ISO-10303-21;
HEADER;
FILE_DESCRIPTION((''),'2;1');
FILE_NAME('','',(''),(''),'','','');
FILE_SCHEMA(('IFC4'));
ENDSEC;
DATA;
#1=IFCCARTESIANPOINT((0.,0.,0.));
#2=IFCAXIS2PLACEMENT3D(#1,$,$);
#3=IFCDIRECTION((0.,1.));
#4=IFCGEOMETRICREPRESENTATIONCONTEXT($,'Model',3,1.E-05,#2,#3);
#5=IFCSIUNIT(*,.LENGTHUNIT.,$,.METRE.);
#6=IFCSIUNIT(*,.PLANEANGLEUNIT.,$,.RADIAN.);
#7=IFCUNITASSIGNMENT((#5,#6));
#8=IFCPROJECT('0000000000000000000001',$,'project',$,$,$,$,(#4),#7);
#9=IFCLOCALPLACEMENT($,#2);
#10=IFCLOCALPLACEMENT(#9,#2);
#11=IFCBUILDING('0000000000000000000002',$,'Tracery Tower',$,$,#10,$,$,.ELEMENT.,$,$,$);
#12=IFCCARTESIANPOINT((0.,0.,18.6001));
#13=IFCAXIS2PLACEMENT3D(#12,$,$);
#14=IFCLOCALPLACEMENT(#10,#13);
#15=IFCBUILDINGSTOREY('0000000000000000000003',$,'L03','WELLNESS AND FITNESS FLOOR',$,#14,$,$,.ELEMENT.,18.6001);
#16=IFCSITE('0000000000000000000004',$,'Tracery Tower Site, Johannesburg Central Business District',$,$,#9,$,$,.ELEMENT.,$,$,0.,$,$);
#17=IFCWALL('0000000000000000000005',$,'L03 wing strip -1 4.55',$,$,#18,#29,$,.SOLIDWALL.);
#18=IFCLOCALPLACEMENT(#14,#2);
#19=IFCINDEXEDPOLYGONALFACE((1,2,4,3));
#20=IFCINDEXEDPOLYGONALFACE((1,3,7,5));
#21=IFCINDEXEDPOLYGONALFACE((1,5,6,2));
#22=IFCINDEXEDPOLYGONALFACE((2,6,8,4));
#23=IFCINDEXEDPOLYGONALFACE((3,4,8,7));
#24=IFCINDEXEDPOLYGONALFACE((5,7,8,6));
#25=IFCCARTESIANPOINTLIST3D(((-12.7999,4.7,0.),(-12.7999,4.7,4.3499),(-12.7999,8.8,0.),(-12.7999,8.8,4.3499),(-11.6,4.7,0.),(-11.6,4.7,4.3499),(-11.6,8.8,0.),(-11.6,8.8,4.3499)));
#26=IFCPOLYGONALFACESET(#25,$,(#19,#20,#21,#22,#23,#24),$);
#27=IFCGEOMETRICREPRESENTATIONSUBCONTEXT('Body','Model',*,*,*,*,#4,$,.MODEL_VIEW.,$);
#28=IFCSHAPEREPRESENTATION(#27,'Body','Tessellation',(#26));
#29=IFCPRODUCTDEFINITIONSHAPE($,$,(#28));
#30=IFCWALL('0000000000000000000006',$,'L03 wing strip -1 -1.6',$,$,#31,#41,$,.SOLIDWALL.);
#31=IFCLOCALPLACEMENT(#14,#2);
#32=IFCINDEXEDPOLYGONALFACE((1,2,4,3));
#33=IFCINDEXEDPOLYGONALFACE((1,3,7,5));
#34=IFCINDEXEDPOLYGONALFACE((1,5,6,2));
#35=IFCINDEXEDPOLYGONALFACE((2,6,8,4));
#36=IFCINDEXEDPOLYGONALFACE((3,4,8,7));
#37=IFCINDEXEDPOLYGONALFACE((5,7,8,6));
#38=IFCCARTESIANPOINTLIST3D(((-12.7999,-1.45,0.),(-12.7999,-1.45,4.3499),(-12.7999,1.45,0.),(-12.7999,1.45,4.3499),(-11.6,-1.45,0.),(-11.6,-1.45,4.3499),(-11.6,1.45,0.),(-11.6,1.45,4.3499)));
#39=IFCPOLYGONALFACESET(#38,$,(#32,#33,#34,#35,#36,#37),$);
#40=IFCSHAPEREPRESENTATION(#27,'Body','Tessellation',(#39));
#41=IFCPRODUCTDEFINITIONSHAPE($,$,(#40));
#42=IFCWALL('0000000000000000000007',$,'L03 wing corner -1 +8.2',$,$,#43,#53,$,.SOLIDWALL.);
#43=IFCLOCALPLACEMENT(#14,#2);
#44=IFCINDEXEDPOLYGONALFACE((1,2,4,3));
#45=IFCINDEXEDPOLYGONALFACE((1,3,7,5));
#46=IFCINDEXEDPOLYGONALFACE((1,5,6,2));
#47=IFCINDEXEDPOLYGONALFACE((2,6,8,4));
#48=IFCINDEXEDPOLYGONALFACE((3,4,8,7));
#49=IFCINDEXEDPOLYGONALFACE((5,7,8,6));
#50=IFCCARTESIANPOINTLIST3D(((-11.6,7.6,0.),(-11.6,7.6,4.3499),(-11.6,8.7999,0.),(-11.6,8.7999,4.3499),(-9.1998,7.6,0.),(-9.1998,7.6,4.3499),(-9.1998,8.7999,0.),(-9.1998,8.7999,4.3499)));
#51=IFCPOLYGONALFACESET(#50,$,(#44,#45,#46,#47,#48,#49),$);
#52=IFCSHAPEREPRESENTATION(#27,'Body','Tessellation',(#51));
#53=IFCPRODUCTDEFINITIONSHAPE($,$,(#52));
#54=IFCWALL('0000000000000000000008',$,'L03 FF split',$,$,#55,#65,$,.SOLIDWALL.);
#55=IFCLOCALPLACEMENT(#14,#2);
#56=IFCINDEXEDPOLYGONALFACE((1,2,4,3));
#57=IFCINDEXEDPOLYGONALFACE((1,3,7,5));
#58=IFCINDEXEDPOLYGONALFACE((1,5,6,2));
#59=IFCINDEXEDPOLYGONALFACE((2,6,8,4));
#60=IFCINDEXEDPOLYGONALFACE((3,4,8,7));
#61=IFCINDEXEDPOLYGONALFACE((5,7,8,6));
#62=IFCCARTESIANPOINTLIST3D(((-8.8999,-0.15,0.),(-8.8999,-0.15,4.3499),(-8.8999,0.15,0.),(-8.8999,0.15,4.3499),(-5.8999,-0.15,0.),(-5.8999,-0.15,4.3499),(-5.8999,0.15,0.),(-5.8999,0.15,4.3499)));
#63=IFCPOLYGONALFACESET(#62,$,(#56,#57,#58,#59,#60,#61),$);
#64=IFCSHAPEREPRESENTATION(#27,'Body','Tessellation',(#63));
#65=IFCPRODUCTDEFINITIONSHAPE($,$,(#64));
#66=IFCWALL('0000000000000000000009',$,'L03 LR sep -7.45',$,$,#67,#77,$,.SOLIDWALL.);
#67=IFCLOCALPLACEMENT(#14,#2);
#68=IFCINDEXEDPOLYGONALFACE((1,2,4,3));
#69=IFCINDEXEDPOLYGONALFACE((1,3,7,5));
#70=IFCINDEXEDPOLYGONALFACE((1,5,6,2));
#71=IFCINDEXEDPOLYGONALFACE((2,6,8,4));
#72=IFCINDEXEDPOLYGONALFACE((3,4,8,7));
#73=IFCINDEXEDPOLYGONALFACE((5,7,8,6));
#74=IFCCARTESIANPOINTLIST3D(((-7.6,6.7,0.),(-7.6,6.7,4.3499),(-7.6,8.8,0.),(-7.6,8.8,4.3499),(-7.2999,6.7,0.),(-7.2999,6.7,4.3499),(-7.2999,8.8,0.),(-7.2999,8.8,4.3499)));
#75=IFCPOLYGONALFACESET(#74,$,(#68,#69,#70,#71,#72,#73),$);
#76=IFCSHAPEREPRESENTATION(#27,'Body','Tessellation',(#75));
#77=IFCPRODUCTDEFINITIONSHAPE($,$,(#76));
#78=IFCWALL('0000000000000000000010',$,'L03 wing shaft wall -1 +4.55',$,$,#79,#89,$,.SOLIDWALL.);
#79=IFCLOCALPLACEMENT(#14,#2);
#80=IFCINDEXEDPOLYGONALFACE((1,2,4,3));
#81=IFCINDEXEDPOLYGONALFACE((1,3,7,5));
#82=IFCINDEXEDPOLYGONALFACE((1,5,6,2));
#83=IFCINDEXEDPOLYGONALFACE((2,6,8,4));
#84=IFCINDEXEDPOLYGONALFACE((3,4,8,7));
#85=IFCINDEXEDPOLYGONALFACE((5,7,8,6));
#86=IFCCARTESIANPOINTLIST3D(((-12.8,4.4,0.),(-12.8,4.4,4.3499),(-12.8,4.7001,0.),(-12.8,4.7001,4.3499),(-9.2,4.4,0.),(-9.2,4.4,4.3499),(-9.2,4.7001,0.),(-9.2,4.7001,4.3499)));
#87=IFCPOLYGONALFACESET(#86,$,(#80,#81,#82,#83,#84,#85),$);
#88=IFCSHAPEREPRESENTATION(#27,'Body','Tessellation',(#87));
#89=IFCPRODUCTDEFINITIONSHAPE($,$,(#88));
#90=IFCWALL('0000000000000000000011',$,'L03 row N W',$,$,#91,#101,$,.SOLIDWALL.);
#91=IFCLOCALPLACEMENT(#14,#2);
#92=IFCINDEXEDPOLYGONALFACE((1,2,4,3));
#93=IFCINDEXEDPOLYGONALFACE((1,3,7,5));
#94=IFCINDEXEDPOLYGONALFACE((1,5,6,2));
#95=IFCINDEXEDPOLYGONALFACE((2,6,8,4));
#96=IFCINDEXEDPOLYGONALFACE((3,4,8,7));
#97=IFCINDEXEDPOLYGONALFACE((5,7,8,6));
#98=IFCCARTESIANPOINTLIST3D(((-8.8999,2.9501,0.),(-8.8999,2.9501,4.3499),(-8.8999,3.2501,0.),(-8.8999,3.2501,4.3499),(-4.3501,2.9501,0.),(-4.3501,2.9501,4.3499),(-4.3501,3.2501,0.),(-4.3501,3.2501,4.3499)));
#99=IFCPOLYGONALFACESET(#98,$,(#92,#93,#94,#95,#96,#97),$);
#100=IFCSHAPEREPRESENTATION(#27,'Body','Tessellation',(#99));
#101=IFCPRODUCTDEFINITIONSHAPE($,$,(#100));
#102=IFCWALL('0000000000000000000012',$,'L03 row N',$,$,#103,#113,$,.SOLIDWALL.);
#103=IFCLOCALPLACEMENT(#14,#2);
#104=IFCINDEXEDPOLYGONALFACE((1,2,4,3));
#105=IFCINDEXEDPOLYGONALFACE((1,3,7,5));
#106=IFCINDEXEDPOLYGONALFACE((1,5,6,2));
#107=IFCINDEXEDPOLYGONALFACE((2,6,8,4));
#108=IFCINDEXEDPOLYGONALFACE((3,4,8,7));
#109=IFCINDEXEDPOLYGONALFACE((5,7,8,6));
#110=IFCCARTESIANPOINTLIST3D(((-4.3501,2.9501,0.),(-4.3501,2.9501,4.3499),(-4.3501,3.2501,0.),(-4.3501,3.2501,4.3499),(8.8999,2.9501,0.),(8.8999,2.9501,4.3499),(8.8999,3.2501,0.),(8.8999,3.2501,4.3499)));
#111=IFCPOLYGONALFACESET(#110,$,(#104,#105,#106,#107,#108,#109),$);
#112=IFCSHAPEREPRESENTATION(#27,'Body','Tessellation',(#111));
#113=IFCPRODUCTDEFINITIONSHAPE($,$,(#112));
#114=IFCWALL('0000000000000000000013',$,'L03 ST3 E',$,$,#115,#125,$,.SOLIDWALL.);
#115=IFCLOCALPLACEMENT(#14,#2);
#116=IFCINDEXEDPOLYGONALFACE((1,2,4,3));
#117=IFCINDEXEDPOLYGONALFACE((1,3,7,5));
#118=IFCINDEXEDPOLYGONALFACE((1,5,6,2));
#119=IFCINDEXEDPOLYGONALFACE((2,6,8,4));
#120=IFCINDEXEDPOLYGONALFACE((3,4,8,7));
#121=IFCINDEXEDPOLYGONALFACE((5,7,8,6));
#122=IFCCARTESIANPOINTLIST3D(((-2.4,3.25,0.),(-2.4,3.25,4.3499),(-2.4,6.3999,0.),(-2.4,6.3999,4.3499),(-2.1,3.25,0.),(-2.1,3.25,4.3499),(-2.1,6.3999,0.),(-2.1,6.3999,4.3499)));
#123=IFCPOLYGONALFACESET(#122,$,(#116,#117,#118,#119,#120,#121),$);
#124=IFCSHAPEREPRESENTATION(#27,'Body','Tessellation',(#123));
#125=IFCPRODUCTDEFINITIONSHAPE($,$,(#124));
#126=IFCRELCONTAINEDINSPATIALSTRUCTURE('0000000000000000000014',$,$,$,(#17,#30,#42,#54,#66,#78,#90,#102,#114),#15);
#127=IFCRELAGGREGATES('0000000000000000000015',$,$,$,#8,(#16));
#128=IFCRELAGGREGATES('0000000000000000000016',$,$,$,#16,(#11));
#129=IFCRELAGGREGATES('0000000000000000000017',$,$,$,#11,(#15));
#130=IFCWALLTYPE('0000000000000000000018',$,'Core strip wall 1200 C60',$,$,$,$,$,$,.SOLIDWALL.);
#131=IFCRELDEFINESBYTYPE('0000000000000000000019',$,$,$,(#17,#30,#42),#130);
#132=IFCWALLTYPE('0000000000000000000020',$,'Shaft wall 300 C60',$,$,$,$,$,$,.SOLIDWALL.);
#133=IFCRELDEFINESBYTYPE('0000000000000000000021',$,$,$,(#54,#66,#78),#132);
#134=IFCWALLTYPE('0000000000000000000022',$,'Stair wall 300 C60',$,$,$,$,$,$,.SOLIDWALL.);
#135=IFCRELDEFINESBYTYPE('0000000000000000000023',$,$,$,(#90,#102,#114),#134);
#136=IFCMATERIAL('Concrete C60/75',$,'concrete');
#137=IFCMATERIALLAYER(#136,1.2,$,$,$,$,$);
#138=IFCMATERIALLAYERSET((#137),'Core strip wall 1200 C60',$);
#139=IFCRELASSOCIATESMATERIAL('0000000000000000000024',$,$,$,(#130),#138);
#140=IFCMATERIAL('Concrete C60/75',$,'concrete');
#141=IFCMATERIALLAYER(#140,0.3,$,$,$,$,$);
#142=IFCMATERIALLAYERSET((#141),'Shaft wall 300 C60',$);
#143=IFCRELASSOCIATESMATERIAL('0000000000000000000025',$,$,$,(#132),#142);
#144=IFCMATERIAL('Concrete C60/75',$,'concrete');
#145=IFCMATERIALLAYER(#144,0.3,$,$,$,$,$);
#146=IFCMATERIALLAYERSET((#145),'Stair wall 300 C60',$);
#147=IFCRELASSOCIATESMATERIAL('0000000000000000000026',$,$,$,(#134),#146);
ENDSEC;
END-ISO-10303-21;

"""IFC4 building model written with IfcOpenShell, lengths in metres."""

from ifc_helpers import new_model, si_unit, direction, frame, frame_2d, origin, place, context, subcontext, project, spatial, rectangle, extrude, material, layer, layer_set, type_object, element, save


model = new_model("IFC4")

# Units and contexts
model_context = context("Model", 3, precision=1e-05, world=origin(), true_north=direction((0.0, 1.0)))
body_context = subcontext(model_context, "Body", "Model", "MODEL_VIEW")
ifc_project = project(units=[si_unit("LENGTHUNIT", "METRE"), si_unit("PLANEANGLEUNIT", "RADIAN")], contexts=[model_context])

# Site, building, storey
site_placement = place(None, origin())
site = spatial("IfcSite", under=ifc_project, at=site_placement, Name="Tracery Tower Site, Johannesburg Central Business District", CompositionType="ELEMENT", RefElevation=0.0)
building_placement = place(site_placement, origin())
building = spatial("IfcBuilding", under=site, at=building_placement, Name="Tracery Tower", CompositionType="ELEMENT")
storey_placement = place(building_placement, frame((0.0, 0.0, 18.6001)))
storey = spatial("IfcBuildingStorey", under=building, at=storey_placement, Name="L03", Description="WELLNESS AND FITNESS FLOOR", CompositionType="ELEMENT", Elevation=18.6001)

# Walls
ifc_material_1 = material(Name="Concrete C60/75", Category="concrete")
ifc_layer_1 = layer(ifc_material_1, 1.2)
ifc_layer_set_1 = layer_set([ifc_layer_1], Name="Core strip wall 1200 C60")
wall_type_1 = type_object("IfcWallType", Name="Core strip wall 1200 C60", PredefinedType="SOLIDWALL", material=ifc_layer_set_1)
wall_1_placement = place(storey_placement, frame((-12.2, 4.7, 0.0), z_axis=(0.0, 0.0, 1.0), x_axis=(0.0, 1.0, 0.0)))
element("IfcWall", 1, at=wall_1_placement, inside=storey, type_object=wall_type_1, Name="L03 wing strip -1 4.55", PredefinedType="SOLIDWALL", context=body_context, shape_type="SweptSolid", body=[
    extrude(rectangle(XDim=4.1001, YDim=1.2, at=frame_2d((2.05, 0.0))), origin(), (0.0, 0.0, 1.0), 4.3499),
])
wall_2_placement = place(storey_placement, frame((-12.2, -1.45, 0.0), z_axis=(0.0, 0.0, 1.0), x_axis=(0.0, 1.0, 0.0)))
element("IfcWall", 2, at=wall_2_placement, inside=storey, type_object=wall_type_1, Name="L03 wing strip -1 -1.6", PredefinedType="SOLIDWALL", context=body_context, shape_type="SweptSolid", body=[
    extrude(rectangle(XDim=2.8999, YDim=1.2, at=frame_2d((1.45, 0.0))), origin(), (0.0, 0.0, 1.0), 4.3499),
])
wall_3_placement = place(storey_placement, frame((-11.6001, 8.2, 0.0), z_axis=(0.0, 0.0, 1.0), x_axis=(1.0, 0.0, 0.0)))
element("IfcWall", 3, at=wall_3_placement, inside=storey, type_object=wall_type_1, Name="L03 wing corner -1 +8.2", PredefinedType="SOLIDWALL", context=body_context, shape_type="SweptSolid", body=[
    extrude(rectangle(XDim=2.4001, YDim=1.2, at=frame_2d((1.2002, 0.0))), origin(), (0.0, 0.0, 1.0), 4.3499),
])
ifc_material_2 = material(Name="Concrete C60/75", Category="concrete")
ifc_layer_2 = layer(ifc_material_2, 0.3)
ifc_layer_set_2 = layer_set([ifc_layer_2], Name="Shaft wall 300 C60")
wall_type_2 = type_object("IfcWallType", Name="Shaft wall 300 C60", PredefinedType="SOLIDWALL", material=ifc_layer_set_2)
wall_4_placement = place(storey_placement, frame((-8.8999, 0.0, 0.0), z_axis=(0.0, 0.0, 1.0), x_axis=(1.0, 0.0, 0.0)))
element("IfcWall", 4, at=wall_4_placement, inside=storey, type_object=wall_type_2, Name="L03 FF split", PredefinedType="SOLIDWALL", context=body_context, shape_type="SweptSolid", body=[
    extrude(rectangle(XDim=3.0, YDim=0.3, at=frame_2d((1.5, 0.0))), origin(), (0.0, 0.0, 1.0), 4.3499),
])
wall_5_placement = place(storey_placement, frame((-7.45, 6.7, 0.0), z_axis=(0.0, 0.0, 1.0), x_axis=(0.0, 1.0, 0.0)))
element("IfcWall", 5, at=wall_5_placement, inside=storey, type_object=wall_type_2, Name="L03 LR sep -7.45", PredefinedType="SOLIDWALL", context=body_context, shape_type="SweptSolid", body=[
    extrude(rectangle(XDim=2.1001, YDim=0.3, at=frame_2d((1.05, 0.0))), origin(), (0.0, 0.0, 1.0), 4.3499),
])

# Wall
wall_6_placement = place(storey_placement, frame((-12.8, 4.55, 0.0), z_axis=(0.0, 0.0, 1.0), x_axis=(1.0, 0.0, 0.0)))
element("IfcWall", 6, at=wall_6_placement, inside=storey, type_object=wall_type_2, Name="L03 wing shaft wall -1 +4.55", PredefinedType="SOLIDWALL", context=body_context, shape_type="SweptSolid", body=[
    extrude(rectangle(XDim=3.6001, YDim=0.3, at=frame_2d((1.8, 0.0))), origin(), (0.0, 0.0, 1.0), 4.3499),
])

# Walls
ifc_material_3 = material(Name="Concrete C60/75", Category="concrete")
ifc_layer_3 = layer(ifc_material_3, 0.3)
ifc_layer_set_3 = layer_set([ifc_layer_3], Name="Stair wall 300 C60")
wall_type_3 = type_object("IfcWallType", Name="Stair wall 300 C60", PredefinedType="SOLIDWALL", material=ifc_layer_set_3)
wall_7_placement = place(storey_placement, frame((-8.8999, 3.1001, 0.0), z_axis=(0.0, 0.0, 1.0), x_axis=(1.0, 0.0, 0.0)))
element("IfcWall", 7, at=wall_7_placement, inside=storey, type_object=wall_type_3, Name="L03 row N W", PredefinedType="SOLIDWALL", context=body_context, shape_type="SweptSolid", body=[
    extrude(rectangle(XDim=4.5498, YDim=0.3, at=frame_2d((2.2749, 0.0))), origin(), (0.0, 0.0, 1.0), 4.3499),
])
wall_8_placement = place(storey_placement, frame((-4.3501, 3.1001, 0.0), z_axis=(0.0, 0.0, 1.0), x_axis=(1.0, 0.0, 0.0)))
element("IfcWall", 8, at=wall_8_placement, inside=storey, type_object=wall_type_3, Name="L03 row N", PredefinedType="SOLIDWALL", context=body_context, shape_type="SweptSolid", body=[
    extrude(rectangle(XDim=13.25, YDim=0.3, at=frame_2d((6.625, 0.0))), origin(), (0.0, 0.0, 1.0), 4.3499),
])
wall_9_placement = place(storey_placement, frame((-2.25, 3.25, 0.0), z_axis=(0.0, 0.0, 1.0), x_axis=(0.0, 1.0, 0.0)))
element("IfcWall", 9, at=wall_9_placement, inside=storey, type_object=wall_type_3, Name="L03 ST3 E", PredefinedType="SOLIDWALL", context=body_context, shape_type="SweptSolid", body=[
    extrude(rectangle(XDim=3.1499, YDim=0.3, at=frame_2d((1.575, 0.0))), origin(), (0.0, 0.0, 1.0), 4.3499),
])

save(model, "model.ifc")
